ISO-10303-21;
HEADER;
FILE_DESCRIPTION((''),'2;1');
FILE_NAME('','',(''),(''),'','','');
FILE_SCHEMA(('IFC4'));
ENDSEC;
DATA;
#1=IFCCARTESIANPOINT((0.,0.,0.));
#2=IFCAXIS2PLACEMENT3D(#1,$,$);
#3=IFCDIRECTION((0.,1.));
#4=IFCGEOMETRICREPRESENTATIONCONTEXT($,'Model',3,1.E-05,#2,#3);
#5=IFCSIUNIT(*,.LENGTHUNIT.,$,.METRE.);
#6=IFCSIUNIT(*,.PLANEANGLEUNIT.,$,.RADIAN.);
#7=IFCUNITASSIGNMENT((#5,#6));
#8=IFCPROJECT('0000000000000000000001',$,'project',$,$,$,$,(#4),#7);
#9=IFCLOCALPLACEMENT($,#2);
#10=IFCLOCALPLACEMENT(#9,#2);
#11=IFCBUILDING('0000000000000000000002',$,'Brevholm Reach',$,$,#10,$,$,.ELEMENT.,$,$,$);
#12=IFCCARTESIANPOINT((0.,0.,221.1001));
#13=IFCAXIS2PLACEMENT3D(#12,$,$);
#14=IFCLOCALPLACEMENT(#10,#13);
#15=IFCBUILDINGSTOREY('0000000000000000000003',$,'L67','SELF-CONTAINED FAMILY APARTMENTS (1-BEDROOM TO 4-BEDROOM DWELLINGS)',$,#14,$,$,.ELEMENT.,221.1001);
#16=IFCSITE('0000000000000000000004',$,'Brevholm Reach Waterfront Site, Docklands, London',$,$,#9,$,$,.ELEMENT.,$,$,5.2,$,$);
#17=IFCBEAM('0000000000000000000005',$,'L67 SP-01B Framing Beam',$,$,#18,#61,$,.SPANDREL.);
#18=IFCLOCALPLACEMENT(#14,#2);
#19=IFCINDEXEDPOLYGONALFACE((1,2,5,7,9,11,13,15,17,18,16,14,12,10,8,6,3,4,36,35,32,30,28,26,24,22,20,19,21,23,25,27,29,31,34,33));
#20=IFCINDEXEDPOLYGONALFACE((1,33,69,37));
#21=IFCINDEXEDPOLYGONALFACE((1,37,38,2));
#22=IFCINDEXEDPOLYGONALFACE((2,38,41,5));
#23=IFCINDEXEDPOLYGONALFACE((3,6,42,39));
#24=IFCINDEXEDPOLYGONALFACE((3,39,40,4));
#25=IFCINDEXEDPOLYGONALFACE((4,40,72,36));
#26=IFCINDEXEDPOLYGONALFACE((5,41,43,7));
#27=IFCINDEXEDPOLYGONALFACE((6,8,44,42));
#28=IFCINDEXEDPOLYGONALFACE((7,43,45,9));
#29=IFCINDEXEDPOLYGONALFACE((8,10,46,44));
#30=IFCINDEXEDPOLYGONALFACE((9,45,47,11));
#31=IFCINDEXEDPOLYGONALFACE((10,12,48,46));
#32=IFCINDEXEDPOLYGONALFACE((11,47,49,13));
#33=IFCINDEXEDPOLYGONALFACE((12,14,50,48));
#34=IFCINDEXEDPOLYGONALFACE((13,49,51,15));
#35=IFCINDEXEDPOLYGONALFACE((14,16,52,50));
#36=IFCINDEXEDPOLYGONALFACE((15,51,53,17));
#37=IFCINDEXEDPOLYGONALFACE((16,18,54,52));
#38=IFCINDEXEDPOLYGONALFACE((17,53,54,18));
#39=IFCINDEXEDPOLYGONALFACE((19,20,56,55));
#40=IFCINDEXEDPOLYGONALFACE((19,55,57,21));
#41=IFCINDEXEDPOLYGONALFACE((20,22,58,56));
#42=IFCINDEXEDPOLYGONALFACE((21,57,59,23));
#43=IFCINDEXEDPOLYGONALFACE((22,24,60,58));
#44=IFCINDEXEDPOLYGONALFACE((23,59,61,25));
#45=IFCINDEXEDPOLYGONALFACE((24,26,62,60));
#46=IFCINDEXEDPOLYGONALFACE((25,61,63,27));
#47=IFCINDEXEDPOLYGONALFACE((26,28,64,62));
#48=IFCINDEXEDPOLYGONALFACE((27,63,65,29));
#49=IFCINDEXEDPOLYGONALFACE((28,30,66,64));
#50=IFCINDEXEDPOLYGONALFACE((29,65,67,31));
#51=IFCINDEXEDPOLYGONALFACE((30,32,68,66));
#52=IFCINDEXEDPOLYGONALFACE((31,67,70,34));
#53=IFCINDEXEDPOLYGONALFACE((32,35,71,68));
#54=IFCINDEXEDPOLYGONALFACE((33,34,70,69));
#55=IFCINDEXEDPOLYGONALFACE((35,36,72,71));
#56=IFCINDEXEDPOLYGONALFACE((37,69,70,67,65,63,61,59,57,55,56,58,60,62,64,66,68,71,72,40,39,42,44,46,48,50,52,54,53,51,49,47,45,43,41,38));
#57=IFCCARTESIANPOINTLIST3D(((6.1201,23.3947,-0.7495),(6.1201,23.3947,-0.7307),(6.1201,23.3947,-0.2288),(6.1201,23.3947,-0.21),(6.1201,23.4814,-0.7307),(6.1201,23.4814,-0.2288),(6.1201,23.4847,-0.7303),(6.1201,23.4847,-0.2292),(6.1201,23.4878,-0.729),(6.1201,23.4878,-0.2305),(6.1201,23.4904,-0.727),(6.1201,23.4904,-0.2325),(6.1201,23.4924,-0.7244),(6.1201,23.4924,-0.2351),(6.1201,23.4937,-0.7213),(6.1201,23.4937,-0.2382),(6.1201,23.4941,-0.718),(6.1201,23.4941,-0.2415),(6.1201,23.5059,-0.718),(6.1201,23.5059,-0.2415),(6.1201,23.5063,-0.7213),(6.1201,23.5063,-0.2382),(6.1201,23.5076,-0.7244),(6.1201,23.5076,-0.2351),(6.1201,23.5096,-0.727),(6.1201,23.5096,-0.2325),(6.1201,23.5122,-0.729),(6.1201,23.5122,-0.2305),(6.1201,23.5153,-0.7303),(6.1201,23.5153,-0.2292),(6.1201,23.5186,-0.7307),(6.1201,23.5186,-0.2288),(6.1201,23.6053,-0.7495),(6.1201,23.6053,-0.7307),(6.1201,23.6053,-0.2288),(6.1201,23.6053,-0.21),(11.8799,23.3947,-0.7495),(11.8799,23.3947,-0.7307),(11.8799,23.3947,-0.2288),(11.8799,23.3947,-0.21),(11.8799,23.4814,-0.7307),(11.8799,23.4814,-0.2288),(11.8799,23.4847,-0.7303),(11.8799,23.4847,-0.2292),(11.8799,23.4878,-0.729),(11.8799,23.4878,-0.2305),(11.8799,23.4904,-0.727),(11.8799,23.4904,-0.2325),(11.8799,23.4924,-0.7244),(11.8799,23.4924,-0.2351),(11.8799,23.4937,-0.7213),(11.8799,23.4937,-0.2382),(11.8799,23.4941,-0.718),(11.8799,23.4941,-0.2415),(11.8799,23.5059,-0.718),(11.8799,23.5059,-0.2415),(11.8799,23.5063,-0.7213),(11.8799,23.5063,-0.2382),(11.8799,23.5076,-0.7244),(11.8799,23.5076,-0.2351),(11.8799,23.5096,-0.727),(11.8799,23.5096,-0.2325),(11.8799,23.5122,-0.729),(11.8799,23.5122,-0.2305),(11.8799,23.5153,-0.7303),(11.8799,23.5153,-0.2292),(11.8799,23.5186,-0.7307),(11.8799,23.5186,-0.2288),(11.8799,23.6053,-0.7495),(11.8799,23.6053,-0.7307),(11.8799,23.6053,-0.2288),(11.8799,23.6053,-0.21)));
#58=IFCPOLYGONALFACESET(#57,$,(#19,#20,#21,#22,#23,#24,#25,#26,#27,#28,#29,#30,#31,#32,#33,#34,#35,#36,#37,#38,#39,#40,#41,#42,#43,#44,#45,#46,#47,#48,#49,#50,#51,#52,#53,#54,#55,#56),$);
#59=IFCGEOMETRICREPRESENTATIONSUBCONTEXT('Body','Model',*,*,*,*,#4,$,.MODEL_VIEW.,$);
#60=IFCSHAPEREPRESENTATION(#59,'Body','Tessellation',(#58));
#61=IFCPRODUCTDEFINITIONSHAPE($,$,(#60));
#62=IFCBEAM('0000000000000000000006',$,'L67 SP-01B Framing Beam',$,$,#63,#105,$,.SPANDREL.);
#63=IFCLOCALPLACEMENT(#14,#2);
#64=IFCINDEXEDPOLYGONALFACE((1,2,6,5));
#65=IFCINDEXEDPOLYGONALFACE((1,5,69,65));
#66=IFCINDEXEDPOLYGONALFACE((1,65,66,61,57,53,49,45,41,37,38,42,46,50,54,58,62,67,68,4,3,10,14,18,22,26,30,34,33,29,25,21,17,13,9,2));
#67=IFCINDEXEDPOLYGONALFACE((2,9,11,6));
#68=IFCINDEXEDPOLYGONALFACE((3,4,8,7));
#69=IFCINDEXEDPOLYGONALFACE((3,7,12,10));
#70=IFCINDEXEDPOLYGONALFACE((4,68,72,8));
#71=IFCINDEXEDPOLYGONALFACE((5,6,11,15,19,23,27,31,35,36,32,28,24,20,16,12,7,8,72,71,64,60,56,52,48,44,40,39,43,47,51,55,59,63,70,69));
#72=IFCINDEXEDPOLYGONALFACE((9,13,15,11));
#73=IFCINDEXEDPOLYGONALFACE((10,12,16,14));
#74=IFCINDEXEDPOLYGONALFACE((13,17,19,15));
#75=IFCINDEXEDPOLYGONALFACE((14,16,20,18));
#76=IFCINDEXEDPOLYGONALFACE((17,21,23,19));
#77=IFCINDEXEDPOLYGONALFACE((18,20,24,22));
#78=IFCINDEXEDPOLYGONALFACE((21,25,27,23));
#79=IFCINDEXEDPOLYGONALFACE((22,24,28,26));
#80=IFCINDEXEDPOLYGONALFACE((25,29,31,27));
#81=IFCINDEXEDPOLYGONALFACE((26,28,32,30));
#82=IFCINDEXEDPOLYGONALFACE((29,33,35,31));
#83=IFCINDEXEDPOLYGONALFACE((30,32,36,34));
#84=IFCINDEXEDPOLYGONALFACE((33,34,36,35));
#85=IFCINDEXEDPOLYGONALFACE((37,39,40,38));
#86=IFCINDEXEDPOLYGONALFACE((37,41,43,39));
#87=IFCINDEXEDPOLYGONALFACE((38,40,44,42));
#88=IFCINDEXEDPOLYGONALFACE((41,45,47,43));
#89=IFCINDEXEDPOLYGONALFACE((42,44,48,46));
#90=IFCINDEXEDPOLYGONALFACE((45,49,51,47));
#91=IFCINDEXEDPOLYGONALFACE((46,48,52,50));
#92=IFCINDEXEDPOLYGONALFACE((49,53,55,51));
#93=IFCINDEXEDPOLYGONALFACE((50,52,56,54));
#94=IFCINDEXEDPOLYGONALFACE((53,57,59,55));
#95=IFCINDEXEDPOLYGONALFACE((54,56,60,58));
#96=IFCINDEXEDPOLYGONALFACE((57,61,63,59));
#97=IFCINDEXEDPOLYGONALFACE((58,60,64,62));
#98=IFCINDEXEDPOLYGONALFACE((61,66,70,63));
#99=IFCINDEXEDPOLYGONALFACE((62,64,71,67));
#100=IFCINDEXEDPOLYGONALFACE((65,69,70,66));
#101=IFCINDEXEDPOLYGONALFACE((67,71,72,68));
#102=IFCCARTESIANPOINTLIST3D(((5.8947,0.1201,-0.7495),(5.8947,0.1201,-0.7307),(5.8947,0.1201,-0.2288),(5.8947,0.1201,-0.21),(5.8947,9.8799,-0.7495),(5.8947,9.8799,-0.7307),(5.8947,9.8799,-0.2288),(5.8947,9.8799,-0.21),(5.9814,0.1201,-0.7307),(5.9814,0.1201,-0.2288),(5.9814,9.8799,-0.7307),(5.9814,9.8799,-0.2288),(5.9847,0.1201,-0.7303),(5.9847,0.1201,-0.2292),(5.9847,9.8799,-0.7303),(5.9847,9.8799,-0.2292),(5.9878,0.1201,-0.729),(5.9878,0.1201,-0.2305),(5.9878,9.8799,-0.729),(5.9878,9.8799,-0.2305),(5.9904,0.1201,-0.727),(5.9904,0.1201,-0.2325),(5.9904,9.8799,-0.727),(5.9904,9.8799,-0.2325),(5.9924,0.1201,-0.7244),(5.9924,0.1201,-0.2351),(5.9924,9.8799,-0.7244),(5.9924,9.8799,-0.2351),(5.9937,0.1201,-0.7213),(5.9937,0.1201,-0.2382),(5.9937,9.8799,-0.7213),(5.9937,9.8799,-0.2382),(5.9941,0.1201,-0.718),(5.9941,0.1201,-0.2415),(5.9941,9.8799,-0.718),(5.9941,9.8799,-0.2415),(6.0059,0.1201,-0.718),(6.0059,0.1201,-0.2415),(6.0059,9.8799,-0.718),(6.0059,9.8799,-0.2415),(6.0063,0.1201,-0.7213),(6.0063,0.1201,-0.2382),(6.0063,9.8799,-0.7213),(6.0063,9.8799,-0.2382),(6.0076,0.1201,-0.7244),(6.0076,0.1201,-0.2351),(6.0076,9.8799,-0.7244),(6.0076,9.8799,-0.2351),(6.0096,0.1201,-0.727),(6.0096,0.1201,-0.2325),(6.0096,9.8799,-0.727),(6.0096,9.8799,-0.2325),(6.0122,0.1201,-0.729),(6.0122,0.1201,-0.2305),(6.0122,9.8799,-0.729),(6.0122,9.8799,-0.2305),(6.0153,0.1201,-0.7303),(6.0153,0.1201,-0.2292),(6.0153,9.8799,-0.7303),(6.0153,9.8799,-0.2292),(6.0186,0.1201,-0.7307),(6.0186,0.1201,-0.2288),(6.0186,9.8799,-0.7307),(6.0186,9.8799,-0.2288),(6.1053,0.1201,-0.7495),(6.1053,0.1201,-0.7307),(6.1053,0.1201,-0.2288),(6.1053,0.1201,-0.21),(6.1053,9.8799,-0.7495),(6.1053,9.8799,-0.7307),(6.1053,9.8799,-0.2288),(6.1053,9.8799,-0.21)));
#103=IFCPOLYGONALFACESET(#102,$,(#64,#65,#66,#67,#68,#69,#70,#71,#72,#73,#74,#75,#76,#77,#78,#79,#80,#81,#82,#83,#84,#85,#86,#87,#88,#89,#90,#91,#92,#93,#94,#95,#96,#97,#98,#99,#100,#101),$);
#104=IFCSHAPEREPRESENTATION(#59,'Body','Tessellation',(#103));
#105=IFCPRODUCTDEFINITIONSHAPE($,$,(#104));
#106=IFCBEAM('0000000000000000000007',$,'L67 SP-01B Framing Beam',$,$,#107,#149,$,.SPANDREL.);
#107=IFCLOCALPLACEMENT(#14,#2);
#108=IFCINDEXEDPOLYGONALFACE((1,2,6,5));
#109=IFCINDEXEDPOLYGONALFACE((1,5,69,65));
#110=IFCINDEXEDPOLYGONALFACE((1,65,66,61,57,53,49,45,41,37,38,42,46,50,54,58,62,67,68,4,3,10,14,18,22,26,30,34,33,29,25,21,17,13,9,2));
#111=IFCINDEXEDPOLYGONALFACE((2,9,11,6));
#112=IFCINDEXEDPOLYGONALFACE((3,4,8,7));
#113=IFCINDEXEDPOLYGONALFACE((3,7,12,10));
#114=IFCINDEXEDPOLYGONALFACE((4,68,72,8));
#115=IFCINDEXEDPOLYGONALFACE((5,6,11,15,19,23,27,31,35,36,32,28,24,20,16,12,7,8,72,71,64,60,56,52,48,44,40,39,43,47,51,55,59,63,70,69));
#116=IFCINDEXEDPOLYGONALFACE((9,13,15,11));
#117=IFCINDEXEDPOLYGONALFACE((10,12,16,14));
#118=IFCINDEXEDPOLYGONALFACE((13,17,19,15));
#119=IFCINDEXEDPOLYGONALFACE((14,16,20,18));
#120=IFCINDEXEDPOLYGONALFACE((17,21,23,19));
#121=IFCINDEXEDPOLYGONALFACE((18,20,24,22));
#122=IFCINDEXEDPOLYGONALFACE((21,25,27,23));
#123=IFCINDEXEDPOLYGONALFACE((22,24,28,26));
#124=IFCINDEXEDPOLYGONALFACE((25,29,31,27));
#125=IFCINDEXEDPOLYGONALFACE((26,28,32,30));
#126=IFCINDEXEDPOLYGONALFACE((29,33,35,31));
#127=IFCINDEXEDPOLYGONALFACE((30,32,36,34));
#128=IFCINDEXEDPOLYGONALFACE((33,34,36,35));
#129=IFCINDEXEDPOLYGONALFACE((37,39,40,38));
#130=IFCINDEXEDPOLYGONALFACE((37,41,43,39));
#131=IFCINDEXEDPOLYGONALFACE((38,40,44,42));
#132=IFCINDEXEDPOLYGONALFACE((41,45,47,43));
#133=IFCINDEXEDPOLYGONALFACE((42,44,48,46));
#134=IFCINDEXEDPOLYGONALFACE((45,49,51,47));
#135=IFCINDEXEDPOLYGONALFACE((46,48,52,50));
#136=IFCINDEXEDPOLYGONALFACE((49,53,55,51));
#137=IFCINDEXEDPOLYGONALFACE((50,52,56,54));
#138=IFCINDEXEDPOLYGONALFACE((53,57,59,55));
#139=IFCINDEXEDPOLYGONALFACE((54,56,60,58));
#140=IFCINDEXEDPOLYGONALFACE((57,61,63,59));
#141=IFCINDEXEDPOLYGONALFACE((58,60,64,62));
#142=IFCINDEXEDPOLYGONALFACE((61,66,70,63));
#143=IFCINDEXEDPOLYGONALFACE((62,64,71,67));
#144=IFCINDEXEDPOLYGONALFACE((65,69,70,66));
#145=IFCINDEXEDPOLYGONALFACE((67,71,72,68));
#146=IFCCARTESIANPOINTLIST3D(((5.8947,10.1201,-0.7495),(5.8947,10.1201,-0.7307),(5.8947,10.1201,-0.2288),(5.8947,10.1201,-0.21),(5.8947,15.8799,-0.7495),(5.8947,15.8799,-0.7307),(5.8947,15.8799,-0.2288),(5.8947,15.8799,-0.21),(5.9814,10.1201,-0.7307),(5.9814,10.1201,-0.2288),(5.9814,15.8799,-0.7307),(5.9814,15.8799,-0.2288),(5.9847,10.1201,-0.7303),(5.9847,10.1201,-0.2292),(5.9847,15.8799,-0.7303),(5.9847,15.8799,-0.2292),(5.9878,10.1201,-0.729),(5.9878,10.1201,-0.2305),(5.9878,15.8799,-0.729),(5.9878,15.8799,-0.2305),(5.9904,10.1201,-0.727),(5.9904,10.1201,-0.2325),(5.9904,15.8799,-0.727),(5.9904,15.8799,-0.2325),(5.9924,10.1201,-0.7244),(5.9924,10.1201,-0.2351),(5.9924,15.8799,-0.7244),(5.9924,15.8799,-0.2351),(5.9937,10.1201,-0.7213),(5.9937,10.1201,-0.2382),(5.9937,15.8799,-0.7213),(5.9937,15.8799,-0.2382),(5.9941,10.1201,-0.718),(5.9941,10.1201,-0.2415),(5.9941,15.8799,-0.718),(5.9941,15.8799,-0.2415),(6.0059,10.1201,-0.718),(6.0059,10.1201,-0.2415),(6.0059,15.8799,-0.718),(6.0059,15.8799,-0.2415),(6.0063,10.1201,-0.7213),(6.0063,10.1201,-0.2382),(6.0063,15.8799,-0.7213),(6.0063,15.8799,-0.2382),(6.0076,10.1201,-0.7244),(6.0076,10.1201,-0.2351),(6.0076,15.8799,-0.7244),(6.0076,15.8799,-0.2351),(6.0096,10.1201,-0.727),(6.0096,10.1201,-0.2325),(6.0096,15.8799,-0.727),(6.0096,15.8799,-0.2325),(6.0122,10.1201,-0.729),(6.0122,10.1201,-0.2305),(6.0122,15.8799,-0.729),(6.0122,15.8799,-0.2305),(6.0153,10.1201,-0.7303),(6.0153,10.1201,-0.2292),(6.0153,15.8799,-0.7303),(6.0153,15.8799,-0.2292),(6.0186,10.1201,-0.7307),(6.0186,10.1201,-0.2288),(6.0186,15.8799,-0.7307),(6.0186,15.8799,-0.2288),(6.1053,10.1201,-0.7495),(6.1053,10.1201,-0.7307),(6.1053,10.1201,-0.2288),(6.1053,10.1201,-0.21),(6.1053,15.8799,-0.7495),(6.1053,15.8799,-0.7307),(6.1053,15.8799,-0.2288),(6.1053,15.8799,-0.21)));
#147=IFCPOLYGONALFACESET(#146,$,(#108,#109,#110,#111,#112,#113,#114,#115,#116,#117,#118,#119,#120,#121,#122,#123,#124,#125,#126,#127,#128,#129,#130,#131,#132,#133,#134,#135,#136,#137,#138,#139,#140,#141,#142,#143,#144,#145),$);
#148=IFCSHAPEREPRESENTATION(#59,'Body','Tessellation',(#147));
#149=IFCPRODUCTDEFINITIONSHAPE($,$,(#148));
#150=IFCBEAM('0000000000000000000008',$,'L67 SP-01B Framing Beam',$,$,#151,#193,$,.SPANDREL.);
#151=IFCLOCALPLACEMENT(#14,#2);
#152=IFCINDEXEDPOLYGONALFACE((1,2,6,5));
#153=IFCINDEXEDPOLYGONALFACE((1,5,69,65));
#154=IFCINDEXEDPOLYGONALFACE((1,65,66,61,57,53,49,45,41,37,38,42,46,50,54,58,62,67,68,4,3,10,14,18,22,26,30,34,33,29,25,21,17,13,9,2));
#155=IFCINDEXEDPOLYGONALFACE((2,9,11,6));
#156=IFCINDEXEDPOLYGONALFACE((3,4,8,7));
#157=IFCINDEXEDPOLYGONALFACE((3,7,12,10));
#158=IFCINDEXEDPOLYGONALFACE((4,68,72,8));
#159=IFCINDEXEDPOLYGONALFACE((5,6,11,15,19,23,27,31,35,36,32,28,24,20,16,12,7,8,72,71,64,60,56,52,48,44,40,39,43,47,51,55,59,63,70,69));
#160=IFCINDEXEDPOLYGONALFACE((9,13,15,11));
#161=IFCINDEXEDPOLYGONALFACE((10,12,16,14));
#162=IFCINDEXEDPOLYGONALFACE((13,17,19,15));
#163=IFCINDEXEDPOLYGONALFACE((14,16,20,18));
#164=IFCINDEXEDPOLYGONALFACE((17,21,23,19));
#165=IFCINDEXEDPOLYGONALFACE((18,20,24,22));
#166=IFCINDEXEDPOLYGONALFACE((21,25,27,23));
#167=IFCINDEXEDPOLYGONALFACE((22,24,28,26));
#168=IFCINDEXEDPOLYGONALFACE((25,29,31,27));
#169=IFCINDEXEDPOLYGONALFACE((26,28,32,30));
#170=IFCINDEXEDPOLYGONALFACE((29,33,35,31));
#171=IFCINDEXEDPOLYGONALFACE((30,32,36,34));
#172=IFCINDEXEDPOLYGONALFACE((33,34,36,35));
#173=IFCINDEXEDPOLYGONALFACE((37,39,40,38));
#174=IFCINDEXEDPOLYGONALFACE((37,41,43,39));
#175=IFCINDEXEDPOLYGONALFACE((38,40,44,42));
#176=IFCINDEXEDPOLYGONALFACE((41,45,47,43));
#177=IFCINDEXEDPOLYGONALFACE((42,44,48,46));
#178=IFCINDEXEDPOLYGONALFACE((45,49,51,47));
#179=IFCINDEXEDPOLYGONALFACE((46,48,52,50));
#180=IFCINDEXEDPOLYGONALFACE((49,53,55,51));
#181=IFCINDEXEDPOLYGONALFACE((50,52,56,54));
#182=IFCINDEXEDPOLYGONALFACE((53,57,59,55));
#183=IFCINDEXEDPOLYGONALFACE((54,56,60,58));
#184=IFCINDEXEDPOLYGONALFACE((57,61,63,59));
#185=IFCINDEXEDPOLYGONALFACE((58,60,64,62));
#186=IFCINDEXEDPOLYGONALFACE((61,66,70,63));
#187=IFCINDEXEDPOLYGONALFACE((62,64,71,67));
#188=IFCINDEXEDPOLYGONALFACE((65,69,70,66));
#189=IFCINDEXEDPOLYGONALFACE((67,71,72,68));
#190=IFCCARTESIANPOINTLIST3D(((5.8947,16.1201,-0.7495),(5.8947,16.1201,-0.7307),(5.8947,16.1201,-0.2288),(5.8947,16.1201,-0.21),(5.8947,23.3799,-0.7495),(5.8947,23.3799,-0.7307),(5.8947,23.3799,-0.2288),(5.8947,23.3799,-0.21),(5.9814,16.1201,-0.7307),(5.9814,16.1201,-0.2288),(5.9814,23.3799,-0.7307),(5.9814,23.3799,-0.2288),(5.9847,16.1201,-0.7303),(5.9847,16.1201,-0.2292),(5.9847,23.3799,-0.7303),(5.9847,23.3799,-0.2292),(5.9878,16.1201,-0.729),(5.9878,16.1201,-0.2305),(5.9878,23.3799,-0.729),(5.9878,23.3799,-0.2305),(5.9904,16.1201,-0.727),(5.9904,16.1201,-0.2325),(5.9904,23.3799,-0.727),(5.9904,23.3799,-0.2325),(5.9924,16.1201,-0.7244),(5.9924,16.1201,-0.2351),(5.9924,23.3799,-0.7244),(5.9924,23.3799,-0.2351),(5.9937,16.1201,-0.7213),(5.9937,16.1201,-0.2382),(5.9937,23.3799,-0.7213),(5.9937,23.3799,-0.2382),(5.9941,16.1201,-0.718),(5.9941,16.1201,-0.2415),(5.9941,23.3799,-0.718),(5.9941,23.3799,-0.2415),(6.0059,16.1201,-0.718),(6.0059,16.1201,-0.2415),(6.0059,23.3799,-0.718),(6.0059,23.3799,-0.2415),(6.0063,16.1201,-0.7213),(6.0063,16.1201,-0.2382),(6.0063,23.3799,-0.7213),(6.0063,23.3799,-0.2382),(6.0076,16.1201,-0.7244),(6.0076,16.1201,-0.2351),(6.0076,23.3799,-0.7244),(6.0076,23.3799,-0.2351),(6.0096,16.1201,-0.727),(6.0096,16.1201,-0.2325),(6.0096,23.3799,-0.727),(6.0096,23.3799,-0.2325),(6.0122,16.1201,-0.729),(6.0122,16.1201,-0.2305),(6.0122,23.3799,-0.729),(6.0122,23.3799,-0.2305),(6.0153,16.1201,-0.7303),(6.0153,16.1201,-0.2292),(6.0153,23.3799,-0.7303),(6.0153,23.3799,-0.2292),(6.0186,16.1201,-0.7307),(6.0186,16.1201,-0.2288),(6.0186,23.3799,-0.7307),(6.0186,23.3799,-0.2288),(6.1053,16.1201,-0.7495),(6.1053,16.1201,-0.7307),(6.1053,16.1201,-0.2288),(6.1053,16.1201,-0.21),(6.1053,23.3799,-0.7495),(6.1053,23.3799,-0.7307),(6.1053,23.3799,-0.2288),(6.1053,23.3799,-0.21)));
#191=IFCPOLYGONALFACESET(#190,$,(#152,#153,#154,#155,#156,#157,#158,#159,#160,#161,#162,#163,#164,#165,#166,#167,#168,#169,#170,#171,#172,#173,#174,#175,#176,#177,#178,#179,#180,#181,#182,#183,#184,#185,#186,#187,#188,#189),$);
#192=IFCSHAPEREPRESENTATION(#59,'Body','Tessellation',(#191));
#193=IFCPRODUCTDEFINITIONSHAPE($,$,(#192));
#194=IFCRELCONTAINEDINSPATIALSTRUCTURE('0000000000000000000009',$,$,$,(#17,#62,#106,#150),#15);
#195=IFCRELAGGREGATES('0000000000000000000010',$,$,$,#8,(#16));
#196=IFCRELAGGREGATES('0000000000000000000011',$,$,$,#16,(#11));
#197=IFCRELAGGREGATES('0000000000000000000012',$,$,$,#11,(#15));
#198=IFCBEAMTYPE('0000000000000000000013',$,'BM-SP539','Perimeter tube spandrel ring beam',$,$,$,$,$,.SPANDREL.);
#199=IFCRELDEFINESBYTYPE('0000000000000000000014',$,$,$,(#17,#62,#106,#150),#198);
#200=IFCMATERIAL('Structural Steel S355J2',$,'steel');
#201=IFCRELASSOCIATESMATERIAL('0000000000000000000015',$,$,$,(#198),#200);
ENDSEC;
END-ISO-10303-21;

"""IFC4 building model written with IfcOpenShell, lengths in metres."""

from ifc_helpers import new_model, si_unit, direction, frame, origin, origin_2d, place, context, subcontext, project, spatial, i_section, extrude, material, material_profile, profile_set, type_object, element, save


model = new_model("IFC4")

# Units and contexts
model_context = context("Model", 3, precision=1e-05, world=origin(), true_north=direction((0.0, 1.0)))
body_context = subcontext(model_context, "Body", "Model", "MODEL_VIEW")
ifc_project = project(units=[si_unit("LENGTHUNIT", "METRE"), si_unit("PLANEANGLEUNIT", "RADIAN")], contexts=[model_context])

# Site, building, storey
site_placement = place(None, origin())
site = spatial("IfcSite", under=ifc_project, at=site_placement, Name="Brevholm Reach Waterfront Site, Docklands, London", CompositionType="ELEMENT", RefElevation=5.2)
building_placement = place(site_placement, origin())
building = spatial("IfcBuilding", under=site, at=building_placement, Name="Brevholm Reach", CompositionType="ELEMENT")
storey_placement = place(building_placement, frame((0.0, 0.0, 221.1001)))
storey = spatial("IfcBuildingStorey", under=building, at=storey_placement, Name="L67", Description="SELF-CONTAINED FAMILY APARTMENTS (1-BEDROOM TO 4-BEDROOM DWELLINGS)", CompositionType="ELEMENT", Elevation=221.1001)

# Beams
ifc_material_1 = material(Name="Structural Steel S355J2", Category="steel")
ifc_material_profile_1 = material_profile(ifc_material_1, i_section(OverallWidth=0.2107, OverallDepth=0.5396, WebThickness=0.0117, FlangeThickness=0.0188, FilletRadius=0.0127, at=origin_2d()), Name="UKB 533x210x109")
ifc_profile_set_1 = profile_set([ifc_material_profile_1], Name="Structural Steel S355J2")
beam_type_1 = type_object("IfcBeamType", Name="BM-SP539", Description="Perimeter tube spandrel ring beam", PredefinedType="SPANDREL", material=ifc_profile_set_1)
for number, where, z_axis, x_axis, name in (
    (1, (6.1201, 23.5, -0.4797), (1.0, 0.0, 0.0), (0.0, 1.0, 0.0), "L67 SP-01B Framing Beam"),
):
    element("IfcBeam", number, at=place(storey_placement, frame(where, z_axis=z_axis, x_axis=x_axis)), inside=storey, type_object=beam_type_1, Name=name, PredefinedType="SPANDREL", context=body_context, shape_type="SweptSolid", body=[
        extrude(i_section(OverallWidth=0.2107, OverallDepth=0.5396, WebThickness=0.0117, FlangeThickness=0.0188, FilletRadius=0.0127, at=origin_2d()), origin(), (0.0, 0.0, 1.0), 5.7598),
    ])
beam_1_placement = place(storey_placement, frame((6.0, 0.1201, -0.4797), z_axis=(0.0, 1.0, 0.0), x_axis=(-1.0, 0.0, 0.0)))
element("IfcBeam", 2, at=beam_1_placement, inside=storey, type_object=beam_type_1, Name="L67 SP-01B Framing Beam", PredefinedType="SPANDREL", context=body_context, shape_type="SweptSolid", body=[
    extrude(i_section(OverallWidth=0.2107, OverallDepth=0.5396, WebThickness=0.0117, FlangeThickness=0.0188, FilletRadius=0.0127, at=origin_2d()), origin(), (0.0, 0.0, 1.0), 9.7598),
])
beam_2_placement = place(storey_placement, frame((6.0, 10.1201, -0.4797), z_axis=(0.0, 1.0, 0.0), x_axis=(-1.0, 0.0, 0.0)))
element("IfcBeam", 3, at=beam_2_placement, inside=storey, type_object=beam_type_1, Name="L67 SP-01B Framing Beam", PredefinedType="SPANDREL", context=body_context, shape_type="SweptSolid", body=[
    extrude(i_section(OverallWidth=0.2107, OverallDepth=0.5396, WebThickness=0.0117, FlangeThickness=0.0188, FilletRadius=0.0127, at=origin_2d()), origin(), (0.0, 0.0, 1.0), 5.7598),
])
beam_3_placement = place(storey_placement, frame((6.0, 16.1201, -0.4797), z_axis=(0.0, 1.0, 0.0), x_axis=(-1.0, 0.0, 0.0)))
element("IfcBeam", 4, at=beam_3_placement, inside=storey, type_object=beam_type_1, Name="L67 SP-01B Framing Beam", PredefinedType="SPANDREL", context=body_context, shape_type="SweptSolid", body=[
    extrude(i_section(OverallWidth=0.2107, OverallDepth=0.5396, WebThickness=0.0117, FlangeThickness=0.0188, FilletRadius=0.0127, at=origin_2d()), origin(), (0.0, 0.0, 1.0), 7.2598),
])

save(model, "model.ifc")
